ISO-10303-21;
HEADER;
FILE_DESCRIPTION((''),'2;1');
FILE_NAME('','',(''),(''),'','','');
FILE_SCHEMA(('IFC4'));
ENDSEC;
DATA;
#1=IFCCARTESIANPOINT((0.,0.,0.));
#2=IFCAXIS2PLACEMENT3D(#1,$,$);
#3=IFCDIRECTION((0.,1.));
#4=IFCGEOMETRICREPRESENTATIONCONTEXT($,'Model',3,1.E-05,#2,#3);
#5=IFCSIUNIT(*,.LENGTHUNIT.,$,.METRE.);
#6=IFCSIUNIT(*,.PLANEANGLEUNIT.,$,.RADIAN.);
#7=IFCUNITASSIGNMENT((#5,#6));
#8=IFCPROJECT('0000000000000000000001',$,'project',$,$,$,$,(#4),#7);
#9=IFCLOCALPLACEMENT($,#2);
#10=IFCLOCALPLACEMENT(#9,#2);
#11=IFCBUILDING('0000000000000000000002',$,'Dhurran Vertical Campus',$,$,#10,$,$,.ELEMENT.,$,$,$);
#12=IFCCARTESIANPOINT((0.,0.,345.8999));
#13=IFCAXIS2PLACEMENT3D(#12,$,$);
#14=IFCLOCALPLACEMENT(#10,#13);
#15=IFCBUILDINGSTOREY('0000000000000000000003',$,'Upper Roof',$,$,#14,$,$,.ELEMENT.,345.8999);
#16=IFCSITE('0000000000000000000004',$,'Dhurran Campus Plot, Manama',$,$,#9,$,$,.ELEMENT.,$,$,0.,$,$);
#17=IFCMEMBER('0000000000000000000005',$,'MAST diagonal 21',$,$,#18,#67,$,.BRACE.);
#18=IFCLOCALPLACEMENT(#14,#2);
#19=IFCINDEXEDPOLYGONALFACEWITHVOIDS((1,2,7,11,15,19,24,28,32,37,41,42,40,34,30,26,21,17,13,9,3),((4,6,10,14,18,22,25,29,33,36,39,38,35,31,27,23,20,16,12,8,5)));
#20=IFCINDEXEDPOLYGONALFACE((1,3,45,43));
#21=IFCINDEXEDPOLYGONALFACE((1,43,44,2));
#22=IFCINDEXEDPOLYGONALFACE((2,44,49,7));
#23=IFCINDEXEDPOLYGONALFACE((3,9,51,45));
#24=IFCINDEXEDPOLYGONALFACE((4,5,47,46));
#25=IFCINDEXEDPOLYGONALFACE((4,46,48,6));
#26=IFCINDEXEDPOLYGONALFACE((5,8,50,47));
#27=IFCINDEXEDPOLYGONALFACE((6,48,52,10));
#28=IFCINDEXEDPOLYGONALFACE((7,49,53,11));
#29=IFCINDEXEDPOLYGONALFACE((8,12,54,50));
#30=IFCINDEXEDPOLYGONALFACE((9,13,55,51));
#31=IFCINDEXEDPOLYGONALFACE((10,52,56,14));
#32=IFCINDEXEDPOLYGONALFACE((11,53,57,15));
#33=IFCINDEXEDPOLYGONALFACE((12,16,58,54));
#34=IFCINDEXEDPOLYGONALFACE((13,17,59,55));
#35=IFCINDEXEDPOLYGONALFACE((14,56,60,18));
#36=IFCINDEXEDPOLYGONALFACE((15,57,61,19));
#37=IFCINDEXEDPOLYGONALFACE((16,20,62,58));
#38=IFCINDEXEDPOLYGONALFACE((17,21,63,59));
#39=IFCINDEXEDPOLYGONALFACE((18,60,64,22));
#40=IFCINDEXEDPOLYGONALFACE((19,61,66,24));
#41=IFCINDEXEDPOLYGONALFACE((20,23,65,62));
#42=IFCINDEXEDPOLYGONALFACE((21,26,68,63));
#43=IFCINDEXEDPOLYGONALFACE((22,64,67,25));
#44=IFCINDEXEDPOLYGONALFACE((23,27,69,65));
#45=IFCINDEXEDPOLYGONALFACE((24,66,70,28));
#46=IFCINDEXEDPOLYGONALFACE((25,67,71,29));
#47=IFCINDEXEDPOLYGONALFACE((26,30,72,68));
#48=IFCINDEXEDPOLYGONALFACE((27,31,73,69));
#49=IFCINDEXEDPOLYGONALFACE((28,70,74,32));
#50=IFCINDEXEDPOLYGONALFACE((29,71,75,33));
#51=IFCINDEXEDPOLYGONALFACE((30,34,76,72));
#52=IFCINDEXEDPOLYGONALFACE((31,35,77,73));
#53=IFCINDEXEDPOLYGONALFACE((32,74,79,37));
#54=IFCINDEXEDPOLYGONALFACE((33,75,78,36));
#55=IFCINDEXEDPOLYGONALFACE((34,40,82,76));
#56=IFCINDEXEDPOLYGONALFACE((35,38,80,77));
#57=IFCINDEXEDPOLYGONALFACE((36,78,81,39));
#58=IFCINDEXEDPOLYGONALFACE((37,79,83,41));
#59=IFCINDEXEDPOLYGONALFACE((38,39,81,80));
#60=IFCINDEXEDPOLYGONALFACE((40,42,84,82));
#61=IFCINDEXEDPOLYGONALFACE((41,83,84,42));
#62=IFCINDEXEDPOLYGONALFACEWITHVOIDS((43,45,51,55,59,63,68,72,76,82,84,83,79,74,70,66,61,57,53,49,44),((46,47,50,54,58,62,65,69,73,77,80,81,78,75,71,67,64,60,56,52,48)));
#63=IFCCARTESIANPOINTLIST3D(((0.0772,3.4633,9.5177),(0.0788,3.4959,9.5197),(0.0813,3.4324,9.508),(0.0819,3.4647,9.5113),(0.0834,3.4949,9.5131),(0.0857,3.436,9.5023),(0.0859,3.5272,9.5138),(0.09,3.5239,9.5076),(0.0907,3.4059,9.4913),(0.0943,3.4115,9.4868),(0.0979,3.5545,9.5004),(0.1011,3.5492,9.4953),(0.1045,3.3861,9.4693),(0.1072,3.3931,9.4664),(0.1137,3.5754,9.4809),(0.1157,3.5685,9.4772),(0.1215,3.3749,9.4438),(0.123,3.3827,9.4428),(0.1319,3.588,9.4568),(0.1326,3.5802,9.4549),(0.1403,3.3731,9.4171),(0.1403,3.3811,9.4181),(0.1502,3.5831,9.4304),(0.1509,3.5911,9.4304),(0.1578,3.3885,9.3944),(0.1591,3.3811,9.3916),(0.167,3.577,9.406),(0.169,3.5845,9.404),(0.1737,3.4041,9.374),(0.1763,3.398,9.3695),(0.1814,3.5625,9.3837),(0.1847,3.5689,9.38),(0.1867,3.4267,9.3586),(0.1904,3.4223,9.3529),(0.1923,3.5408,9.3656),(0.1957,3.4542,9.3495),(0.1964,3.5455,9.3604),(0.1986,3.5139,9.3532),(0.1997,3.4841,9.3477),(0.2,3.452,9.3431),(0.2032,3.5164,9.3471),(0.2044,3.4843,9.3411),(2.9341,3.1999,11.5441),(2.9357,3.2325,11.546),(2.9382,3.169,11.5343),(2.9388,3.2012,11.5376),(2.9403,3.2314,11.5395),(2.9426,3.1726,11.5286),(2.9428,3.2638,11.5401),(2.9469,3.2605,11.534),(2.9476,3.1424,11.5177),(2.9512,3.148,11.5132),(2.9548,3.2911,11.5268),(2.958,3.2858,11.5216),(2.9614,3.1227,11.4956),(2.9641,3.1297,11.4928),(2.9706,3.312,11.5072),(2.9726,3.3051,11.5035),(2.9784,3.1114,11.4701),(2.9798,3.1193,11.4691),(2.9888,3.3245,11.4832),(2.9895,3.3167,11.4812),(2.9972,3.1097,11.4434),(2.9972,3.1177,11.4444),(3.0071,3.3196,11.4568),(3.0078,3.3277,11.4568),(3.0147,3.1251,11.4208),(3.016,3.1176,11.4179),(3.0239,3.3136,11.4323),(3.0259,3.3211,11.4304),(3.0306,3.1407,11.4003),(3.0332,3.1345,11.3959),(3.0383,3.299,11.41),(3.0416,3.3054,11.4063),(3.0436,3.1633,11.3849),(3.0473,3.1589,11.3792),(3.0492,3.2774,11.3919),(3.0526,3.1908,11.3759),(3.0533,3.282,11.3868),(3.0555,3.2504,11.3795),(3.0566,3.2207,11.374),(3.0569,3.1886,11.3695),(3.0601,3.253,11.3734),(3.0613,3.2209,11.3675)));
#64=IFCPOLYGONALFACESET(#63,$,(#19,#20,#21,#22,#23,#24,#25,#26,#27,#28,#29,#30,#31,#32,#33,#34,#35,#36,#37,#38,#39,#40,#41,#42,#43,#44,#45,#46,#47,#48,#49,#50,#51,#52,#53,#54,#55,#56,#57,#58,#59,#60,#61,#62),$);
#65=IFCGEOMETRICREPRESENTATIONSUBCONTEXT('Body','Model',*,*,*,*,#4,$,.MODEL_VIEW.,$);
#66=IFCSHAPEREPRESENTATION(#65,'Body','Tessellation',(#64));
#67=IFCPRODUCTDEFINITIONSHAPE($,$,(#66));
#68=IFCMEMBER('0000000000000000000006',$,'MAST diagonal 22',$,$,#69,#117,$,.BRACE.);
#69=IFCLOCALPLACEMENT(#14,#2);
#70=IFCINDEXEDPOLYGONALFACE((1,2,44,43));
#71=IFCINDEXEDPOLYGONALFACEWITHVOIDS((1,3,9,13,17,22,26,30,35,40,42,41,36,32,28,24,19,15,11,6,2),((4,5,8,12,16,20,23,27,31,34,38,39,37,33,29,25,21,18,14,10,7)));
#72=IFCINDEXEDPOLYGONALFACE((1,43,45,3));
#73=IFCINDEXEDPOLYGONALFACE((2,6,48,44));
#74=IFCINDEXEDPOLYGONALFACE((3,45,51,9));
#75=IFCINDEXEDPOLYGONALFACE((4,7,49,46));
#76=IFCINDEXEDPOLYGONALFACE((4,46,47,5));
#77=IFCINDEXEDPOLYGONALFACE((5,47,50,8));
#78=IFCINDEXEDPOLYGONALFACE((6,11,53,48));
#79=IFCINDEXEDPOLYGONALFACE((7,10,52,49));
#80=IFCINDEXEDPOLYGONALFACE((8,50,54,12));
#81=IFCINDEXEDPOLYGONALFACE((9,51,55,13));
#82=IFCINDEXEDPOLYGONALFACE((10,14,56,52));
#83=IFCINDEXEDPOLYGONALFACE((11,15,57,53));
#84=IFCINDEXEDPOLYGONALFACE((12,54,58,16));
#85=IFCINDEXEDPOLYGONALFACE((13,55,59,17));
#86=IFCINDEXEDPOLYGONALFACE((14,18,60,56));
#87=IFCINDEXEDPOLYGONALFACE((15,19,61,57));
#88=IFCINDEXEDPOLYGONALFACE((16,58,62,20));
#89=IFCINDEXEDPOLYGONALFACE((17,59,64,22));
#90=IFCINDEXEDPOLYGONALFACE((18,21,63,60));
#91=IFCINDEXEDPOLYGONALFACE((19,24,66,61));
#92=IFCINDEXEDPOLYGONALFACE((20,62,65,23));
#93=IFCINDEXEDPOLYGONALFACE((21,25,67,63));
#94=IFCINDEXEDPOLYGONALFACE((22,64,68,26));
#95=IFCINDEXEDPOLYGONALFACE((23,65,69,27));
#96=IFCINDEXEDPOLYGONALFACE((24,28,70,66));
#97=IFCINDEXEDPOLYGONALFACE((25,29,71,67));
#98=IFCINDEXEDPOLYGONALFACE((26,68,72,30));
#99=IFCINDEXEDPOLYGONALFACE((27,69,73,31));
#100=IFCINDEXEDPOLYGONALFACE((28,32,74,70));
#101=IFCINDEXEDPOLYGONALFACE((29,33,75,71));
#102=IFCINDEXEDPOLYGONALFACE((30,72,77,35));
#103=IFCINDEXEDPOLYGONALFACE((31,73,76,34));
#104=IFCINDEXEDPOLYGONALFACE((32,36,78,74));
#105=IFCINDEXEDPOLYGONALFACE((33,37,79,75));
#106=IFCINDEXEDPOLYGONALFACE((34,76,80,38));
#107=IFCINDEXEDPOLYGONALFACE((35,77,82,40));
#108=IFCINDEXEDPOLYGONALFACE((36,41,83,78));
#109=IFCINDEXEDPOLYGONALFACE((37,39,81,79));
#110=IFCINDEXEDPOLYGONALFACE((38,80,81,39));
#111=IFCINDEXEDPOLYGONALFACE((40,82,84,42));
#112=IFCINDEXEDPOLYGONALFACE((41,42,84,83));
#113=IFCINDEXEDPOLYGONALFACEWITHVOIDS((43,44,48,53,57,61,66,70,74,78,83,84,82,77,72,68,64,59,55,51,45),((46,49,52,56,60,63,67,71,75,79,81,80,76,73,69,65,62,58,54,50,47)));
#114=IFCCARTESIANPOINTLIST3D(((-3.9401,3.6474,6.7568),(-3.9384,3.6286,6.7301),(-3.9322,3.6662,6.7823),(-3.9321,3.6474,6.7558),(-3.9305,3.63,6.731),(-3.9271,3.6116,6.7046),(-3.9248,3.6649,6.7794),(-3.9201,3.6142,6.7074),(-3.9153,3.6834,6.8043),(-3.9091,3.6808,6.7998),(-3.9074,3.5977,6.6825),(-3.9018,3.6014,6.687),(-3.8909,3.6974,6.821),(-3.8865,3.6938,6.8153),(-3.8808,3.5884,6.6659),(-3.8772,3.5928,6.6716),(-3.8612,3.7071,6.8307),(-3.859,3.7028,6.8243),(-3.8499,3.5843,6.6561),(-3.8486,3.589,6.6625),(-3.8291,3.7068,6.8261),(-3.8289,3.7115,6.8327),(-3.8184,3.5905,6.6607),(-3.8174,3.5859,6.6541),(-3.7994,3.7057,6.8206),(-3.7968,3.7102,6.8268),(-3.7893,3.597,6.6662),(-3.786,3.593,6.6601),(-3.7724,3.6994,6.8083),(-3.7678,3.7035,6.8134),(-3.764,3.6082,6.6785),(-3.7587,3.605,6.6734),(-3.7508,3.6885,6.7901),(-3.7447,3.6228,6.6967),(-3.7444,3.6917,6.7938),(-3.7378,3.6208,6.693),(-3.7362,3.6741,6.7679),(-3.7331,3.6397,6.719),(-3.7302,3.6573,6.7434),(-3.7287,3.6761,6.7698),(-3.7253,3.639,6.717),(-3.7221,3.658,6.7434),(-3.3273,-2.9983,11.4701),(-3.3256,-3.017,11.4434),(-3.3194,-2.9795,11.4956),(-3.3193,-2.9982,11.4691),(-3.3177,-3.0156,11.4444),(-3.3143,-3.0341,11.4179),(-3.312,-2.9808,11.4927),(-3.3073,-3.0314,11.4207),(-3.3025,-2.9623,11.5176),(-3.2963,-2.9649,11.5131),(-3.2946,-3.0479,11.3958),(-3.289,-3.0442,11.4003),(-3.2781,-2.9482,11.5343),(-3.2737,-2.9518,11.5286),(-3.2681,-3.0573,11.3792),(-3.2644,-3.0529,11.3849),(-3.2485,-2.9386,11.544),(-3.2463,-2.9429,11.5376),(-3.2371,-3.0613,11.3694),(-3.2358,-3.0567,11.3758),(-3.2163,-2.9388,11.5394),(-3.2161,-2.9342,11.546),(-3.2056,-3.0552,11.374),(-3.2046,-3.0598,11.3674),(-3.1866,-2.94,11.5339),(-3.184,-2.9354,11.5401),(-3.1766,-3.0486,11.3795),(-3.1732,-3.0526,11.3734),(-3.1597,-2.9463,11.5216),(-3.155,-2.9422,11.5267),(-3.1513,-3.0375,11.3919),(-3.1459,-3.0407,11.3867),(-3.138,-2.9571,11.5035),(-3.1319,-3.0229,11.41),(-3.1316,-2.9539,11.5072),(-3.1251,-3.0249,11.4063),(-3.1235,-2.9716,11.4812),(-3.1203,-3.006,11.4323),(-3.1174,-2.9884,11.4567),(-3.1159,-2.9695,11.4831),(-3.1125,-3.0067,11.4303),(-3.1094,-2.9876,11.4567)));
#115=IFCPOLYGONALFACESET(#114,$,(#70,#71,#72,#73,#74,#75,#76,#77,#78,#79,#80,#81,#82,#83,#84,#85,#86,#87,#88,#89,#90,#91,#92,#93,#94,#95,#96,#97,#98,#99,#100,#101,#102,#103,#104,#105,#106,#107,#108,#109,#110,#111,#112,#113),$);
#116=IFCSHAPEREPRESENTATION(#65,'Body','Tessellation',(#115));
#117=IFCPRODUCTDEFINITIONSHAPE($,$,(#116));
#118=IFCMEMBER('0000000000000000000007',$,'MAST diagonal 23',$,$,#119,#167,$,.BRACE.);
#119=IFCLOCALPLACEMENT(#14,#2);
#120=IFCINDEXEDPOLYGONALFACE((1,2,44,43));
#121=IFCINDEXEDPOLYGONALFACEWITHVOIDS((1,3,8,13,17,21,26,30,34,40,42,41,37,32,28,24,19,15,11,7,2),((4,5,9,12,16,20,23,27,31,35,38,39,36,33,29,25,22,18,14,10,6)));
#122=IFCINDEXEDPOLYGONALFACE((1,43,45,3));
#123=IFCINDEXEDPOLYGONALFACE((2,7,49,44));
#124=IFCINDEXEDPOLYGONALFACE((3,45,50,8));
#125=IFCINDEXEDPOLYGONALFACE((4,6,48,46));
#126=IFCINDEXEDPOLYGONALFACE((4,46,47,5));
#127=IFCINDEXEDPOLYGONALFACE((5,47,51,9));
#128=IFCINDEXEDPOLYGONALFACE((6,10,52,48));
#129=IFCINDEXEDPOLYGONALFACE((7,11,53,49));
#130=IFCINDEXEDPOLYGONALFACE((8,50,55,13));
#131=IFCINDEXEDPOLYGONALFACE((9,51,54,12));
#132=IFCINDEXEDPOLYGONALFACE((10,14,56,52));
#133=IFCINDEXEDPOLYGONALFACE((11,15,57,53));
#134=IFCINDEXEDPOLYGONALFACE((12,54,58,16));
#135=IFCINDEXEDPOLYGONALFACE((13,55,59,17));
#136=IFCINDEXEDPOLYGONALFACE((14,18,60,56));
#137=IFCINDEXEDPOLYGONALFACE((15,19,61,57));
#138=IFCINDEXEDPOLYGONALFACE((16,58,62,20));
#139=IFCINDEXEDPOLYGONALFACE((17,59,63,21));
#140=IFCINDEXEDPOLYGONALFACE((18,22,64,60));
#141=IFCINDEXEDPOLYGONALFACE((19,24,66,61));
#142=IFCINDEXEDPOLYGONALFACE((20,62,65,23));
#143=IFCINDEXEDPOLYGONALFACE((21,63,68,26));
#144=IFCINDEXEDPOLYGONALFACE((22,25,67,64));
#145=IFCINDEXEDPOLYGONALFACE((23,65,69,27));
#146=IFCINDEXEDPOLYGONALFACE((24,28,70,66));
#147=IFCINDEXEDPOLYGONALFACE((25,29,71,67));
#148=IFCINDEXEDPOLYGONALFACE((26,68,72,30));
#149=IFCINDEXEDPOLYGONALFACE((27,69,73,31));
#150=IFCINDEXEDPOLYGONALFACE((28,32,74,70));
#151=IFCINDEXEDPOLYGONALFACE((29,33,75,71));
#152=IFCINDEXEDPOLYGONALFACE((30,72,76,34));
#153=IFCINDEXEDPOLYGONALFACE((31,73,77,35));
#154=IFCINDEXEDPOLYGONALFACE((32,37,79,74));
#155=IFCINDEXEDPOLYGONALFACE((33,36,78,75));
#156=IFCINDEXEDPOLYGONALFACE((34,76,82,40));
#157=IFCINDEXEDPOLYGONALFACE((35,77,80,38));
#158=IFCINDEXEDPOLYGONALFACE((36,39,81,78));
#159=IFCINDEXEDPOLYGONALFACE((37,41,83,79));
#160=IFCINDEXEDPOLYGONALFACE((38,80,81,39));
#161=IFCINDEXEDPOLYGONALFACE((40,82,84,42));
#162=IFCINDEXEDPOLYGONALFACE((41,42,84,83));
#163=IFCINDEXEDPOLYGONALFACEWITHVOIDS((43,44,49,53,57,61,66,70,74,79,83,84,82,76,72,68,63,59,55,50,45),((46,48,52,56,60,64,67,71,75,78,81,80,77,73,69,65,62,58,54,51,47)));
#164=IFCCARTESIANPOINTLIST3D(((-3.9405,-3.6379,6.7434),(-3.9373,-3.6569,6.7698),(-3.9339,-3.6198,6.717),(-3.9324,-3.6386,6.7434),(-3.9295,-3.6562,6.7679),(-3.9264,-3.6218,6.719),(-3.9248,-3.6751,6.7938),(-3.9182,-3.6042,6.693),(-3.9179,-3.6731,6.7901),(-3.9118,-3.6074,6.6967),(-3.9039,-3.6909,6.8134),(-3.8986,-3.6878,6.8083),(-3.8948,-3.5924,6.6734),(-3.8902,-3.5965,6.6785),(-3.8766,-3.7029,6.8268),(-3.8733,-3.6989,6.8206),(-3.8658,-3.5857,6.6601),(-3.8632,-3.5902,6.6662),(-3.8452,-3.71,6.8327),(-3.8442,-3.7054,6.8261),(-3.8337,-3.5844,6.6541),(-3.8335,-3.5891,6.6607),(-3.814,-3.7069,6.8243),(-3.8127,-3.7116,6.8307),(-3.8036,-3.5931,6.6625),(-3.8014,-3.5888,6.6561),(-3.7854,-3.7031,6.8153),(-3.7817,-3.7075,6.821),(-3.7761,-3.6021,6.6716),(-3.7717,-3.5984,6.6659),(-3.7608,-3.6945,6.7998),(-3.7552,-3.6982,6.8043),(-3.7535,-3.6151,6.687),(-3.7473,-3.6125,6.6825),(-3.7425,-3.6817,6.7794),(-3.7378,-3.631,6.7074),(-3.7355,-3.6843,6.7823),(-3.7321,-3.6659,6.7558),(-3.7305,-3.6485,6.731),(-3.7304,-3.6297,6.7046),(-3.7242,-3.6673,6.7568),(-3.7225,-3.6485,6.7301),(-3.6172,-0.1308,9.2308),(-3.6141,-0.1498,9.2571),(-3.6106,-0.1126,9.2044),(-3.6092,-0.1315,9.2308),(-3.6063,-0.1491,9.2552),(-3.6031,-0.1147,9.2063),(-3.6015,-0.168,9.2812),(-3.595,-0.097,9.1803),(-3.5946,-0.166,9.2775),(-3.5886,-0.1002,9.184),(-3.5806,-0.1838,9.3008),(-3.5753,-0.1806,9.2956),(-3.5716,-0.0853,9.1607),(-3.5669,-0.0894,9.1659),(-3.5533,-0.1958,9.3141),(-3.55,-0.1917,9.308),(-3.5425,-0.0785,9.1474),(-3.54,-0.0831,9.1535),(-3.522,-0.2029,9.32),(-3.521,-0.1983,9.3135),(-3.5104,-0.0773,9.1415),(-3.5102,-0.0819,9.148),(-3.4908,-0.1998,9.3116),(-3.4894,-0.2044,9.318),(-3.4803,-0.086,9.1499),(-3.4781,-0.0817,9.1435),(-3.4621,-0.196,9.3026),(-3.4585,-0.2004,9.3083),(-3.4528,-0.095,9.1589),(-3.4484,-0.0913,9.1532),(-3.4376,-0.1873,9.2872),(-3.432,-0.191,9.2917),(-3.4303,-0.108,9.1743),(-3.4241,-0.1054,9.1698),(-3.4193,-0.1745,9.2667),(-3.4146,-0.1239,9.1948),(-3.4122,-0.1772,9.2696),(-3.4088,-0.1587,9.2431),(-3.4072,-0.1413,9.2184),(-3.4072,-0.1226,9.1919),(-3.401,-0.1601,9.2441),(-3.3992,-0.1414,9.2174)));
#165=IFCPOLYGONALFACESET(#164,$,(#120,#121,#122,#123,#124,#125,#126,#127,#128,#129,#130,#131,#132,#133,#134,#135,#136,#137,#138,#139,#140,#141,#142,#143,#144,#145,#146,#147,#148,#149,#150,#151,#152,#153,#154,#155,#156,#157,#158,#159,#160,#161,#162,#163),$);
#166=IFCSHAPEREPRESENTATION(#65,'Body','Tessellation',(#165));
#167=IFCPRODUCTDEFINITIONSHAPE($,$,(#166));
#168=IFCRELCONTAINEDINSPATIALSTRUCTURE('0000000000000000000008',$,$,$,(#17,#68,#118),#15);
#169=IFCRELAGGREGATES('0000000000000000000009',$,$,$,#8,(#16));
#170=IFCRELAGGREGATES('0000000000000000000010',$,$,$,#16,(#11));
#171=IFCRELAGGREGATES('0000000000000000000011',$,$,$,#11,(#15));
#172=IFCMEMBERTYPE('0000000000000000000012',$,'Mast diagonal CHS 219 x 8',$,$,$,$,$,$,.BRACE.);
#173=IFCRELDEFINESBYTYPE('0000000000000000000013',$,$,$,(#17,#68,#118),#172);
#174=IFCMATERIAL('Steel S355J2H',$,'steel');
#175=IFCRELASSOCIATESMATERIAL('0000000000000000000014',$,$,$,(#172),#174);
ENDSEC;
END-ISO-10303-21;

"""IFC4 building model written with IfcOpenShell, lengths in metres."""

from ifc_helpers import new_model, si_unit, direction, frame, origin, origin_2d, place, context, subcontext, project, spatial, hollow_circle, extrude, material, material_profile, profile_set, type_object, element, save


model = new_model("IFC4")

# Units and contexts
model_context = context("Model", 3, precision=1e-05, world=origin(), true_north=direction((0.0, 1.0)))
body_context = subcontext(model_context, "Body", "Model", "MODEL_VIEW")
ifc_project = project(units=[si_unit("LENGTHUNIT", "METRE"), si_unit("PLANEANGLEUNIT", "RADIAN")], contexts=[model_context])

# Site, building, storey
site_placement = place(None, origin())
site = spatial("IfcSite", under=ifc_project, at=site_placement, Name="Dhurran Campus Plot, Manama", CompositionType="ELEMENT", RefElevation=0.0)
building_placement = place(site_placement, origin())
building = spatial("IfcBuilding", under=site, at=building_placement, Name="Dhurran Vertical Campus", CompositionType="ELEMENT")
storey_placement = place(building_placement, frame((0.0, 0.0, 345.8999)))
storey = spatial("IfcBuildingStorey", under=building, at=storey_placement, Name="Upper Roof", CompositionType="ELEMENT", Elevation=345.8999)

# Members
ifc_material_1 = material(Name="Steel S355J2H", Category="steel")
ifc_material_profile_1 = material_profile(ifc_material_1, hollow_circle(Radius=0.1096, WallThickness=0.0081, at=origin_2d()), Name="CHS219x8")
ifc_profile_set_1 = profile_set([ifc_material_profile_1], Name="Steel S355J2H")
member_type_1 = type_object("IfcMemberType", Name="Mast diagonal CHS 219 x 8", PredefinedType="BRACE", material=ifc_profile_set_1)
member_1_placement = place(storey_placement, frame((0.1409, 3.4819, 9.4304), z_axis=(0.813363, -0.074997, 0.576902), x_axis=(0.091817, 0.995776, 0.0)))
element("IfcMember", 1, at=member_1_placement, inside=storey, type_object=member_type_1, Name="MAST diagonal 21", PredefinedType="BRACE", context=body_context, shape_type="SweptSolid", body=[
    extrude(hollow_circle(Radius=0.1096, WallThickness=0.0081, at=origin_2d()), origin(), (0.0, 0.0, 1.0), 3.5125),
])
member_2_placement = place(storey_placement, frame((-3.8313, 3.6479, 6.7434), z_axis=(0.075, -0.813381, 0.576876), x_axis=(0.995776, 0.091819, 0.0)))
element("IfcMember", 2, at=member_2_placement, inside=storey, type_object=member_type_1, Name="MAST diagonal 22", PredefinedType="BRACE", context=body_context, shape_type="SweptSolid", body=[
    extrude(hollow_circle(Radius=0.1096, WallThickness=0.0081, at=origin_2d()), origin(), (0.0, 0.0, 1.0), 8.1704),
])
member_3_placement = place(storey_placement, frame((-3.8313, -3.6479, 6.7434), z_axis=(0.074969, 0.813386, 0.576873), x_axis=(-0.995779, 0.091779, 0.0)))
element("IfcMember", 3, at=member_3_placement, inside=storey, type_object=member_type_1, Name="MAST diagonal 23", PredefinedType="BRACE", context=body_context, shape_type="SweptSolid", body=[
    extrude(hollow_circle(Radius=0.1096, WallThickness=0.0081, at=origin_2d()), origin(), (0.0, 0.0, 1.0), 4.3118),
])

save(model, "model.ifc")
